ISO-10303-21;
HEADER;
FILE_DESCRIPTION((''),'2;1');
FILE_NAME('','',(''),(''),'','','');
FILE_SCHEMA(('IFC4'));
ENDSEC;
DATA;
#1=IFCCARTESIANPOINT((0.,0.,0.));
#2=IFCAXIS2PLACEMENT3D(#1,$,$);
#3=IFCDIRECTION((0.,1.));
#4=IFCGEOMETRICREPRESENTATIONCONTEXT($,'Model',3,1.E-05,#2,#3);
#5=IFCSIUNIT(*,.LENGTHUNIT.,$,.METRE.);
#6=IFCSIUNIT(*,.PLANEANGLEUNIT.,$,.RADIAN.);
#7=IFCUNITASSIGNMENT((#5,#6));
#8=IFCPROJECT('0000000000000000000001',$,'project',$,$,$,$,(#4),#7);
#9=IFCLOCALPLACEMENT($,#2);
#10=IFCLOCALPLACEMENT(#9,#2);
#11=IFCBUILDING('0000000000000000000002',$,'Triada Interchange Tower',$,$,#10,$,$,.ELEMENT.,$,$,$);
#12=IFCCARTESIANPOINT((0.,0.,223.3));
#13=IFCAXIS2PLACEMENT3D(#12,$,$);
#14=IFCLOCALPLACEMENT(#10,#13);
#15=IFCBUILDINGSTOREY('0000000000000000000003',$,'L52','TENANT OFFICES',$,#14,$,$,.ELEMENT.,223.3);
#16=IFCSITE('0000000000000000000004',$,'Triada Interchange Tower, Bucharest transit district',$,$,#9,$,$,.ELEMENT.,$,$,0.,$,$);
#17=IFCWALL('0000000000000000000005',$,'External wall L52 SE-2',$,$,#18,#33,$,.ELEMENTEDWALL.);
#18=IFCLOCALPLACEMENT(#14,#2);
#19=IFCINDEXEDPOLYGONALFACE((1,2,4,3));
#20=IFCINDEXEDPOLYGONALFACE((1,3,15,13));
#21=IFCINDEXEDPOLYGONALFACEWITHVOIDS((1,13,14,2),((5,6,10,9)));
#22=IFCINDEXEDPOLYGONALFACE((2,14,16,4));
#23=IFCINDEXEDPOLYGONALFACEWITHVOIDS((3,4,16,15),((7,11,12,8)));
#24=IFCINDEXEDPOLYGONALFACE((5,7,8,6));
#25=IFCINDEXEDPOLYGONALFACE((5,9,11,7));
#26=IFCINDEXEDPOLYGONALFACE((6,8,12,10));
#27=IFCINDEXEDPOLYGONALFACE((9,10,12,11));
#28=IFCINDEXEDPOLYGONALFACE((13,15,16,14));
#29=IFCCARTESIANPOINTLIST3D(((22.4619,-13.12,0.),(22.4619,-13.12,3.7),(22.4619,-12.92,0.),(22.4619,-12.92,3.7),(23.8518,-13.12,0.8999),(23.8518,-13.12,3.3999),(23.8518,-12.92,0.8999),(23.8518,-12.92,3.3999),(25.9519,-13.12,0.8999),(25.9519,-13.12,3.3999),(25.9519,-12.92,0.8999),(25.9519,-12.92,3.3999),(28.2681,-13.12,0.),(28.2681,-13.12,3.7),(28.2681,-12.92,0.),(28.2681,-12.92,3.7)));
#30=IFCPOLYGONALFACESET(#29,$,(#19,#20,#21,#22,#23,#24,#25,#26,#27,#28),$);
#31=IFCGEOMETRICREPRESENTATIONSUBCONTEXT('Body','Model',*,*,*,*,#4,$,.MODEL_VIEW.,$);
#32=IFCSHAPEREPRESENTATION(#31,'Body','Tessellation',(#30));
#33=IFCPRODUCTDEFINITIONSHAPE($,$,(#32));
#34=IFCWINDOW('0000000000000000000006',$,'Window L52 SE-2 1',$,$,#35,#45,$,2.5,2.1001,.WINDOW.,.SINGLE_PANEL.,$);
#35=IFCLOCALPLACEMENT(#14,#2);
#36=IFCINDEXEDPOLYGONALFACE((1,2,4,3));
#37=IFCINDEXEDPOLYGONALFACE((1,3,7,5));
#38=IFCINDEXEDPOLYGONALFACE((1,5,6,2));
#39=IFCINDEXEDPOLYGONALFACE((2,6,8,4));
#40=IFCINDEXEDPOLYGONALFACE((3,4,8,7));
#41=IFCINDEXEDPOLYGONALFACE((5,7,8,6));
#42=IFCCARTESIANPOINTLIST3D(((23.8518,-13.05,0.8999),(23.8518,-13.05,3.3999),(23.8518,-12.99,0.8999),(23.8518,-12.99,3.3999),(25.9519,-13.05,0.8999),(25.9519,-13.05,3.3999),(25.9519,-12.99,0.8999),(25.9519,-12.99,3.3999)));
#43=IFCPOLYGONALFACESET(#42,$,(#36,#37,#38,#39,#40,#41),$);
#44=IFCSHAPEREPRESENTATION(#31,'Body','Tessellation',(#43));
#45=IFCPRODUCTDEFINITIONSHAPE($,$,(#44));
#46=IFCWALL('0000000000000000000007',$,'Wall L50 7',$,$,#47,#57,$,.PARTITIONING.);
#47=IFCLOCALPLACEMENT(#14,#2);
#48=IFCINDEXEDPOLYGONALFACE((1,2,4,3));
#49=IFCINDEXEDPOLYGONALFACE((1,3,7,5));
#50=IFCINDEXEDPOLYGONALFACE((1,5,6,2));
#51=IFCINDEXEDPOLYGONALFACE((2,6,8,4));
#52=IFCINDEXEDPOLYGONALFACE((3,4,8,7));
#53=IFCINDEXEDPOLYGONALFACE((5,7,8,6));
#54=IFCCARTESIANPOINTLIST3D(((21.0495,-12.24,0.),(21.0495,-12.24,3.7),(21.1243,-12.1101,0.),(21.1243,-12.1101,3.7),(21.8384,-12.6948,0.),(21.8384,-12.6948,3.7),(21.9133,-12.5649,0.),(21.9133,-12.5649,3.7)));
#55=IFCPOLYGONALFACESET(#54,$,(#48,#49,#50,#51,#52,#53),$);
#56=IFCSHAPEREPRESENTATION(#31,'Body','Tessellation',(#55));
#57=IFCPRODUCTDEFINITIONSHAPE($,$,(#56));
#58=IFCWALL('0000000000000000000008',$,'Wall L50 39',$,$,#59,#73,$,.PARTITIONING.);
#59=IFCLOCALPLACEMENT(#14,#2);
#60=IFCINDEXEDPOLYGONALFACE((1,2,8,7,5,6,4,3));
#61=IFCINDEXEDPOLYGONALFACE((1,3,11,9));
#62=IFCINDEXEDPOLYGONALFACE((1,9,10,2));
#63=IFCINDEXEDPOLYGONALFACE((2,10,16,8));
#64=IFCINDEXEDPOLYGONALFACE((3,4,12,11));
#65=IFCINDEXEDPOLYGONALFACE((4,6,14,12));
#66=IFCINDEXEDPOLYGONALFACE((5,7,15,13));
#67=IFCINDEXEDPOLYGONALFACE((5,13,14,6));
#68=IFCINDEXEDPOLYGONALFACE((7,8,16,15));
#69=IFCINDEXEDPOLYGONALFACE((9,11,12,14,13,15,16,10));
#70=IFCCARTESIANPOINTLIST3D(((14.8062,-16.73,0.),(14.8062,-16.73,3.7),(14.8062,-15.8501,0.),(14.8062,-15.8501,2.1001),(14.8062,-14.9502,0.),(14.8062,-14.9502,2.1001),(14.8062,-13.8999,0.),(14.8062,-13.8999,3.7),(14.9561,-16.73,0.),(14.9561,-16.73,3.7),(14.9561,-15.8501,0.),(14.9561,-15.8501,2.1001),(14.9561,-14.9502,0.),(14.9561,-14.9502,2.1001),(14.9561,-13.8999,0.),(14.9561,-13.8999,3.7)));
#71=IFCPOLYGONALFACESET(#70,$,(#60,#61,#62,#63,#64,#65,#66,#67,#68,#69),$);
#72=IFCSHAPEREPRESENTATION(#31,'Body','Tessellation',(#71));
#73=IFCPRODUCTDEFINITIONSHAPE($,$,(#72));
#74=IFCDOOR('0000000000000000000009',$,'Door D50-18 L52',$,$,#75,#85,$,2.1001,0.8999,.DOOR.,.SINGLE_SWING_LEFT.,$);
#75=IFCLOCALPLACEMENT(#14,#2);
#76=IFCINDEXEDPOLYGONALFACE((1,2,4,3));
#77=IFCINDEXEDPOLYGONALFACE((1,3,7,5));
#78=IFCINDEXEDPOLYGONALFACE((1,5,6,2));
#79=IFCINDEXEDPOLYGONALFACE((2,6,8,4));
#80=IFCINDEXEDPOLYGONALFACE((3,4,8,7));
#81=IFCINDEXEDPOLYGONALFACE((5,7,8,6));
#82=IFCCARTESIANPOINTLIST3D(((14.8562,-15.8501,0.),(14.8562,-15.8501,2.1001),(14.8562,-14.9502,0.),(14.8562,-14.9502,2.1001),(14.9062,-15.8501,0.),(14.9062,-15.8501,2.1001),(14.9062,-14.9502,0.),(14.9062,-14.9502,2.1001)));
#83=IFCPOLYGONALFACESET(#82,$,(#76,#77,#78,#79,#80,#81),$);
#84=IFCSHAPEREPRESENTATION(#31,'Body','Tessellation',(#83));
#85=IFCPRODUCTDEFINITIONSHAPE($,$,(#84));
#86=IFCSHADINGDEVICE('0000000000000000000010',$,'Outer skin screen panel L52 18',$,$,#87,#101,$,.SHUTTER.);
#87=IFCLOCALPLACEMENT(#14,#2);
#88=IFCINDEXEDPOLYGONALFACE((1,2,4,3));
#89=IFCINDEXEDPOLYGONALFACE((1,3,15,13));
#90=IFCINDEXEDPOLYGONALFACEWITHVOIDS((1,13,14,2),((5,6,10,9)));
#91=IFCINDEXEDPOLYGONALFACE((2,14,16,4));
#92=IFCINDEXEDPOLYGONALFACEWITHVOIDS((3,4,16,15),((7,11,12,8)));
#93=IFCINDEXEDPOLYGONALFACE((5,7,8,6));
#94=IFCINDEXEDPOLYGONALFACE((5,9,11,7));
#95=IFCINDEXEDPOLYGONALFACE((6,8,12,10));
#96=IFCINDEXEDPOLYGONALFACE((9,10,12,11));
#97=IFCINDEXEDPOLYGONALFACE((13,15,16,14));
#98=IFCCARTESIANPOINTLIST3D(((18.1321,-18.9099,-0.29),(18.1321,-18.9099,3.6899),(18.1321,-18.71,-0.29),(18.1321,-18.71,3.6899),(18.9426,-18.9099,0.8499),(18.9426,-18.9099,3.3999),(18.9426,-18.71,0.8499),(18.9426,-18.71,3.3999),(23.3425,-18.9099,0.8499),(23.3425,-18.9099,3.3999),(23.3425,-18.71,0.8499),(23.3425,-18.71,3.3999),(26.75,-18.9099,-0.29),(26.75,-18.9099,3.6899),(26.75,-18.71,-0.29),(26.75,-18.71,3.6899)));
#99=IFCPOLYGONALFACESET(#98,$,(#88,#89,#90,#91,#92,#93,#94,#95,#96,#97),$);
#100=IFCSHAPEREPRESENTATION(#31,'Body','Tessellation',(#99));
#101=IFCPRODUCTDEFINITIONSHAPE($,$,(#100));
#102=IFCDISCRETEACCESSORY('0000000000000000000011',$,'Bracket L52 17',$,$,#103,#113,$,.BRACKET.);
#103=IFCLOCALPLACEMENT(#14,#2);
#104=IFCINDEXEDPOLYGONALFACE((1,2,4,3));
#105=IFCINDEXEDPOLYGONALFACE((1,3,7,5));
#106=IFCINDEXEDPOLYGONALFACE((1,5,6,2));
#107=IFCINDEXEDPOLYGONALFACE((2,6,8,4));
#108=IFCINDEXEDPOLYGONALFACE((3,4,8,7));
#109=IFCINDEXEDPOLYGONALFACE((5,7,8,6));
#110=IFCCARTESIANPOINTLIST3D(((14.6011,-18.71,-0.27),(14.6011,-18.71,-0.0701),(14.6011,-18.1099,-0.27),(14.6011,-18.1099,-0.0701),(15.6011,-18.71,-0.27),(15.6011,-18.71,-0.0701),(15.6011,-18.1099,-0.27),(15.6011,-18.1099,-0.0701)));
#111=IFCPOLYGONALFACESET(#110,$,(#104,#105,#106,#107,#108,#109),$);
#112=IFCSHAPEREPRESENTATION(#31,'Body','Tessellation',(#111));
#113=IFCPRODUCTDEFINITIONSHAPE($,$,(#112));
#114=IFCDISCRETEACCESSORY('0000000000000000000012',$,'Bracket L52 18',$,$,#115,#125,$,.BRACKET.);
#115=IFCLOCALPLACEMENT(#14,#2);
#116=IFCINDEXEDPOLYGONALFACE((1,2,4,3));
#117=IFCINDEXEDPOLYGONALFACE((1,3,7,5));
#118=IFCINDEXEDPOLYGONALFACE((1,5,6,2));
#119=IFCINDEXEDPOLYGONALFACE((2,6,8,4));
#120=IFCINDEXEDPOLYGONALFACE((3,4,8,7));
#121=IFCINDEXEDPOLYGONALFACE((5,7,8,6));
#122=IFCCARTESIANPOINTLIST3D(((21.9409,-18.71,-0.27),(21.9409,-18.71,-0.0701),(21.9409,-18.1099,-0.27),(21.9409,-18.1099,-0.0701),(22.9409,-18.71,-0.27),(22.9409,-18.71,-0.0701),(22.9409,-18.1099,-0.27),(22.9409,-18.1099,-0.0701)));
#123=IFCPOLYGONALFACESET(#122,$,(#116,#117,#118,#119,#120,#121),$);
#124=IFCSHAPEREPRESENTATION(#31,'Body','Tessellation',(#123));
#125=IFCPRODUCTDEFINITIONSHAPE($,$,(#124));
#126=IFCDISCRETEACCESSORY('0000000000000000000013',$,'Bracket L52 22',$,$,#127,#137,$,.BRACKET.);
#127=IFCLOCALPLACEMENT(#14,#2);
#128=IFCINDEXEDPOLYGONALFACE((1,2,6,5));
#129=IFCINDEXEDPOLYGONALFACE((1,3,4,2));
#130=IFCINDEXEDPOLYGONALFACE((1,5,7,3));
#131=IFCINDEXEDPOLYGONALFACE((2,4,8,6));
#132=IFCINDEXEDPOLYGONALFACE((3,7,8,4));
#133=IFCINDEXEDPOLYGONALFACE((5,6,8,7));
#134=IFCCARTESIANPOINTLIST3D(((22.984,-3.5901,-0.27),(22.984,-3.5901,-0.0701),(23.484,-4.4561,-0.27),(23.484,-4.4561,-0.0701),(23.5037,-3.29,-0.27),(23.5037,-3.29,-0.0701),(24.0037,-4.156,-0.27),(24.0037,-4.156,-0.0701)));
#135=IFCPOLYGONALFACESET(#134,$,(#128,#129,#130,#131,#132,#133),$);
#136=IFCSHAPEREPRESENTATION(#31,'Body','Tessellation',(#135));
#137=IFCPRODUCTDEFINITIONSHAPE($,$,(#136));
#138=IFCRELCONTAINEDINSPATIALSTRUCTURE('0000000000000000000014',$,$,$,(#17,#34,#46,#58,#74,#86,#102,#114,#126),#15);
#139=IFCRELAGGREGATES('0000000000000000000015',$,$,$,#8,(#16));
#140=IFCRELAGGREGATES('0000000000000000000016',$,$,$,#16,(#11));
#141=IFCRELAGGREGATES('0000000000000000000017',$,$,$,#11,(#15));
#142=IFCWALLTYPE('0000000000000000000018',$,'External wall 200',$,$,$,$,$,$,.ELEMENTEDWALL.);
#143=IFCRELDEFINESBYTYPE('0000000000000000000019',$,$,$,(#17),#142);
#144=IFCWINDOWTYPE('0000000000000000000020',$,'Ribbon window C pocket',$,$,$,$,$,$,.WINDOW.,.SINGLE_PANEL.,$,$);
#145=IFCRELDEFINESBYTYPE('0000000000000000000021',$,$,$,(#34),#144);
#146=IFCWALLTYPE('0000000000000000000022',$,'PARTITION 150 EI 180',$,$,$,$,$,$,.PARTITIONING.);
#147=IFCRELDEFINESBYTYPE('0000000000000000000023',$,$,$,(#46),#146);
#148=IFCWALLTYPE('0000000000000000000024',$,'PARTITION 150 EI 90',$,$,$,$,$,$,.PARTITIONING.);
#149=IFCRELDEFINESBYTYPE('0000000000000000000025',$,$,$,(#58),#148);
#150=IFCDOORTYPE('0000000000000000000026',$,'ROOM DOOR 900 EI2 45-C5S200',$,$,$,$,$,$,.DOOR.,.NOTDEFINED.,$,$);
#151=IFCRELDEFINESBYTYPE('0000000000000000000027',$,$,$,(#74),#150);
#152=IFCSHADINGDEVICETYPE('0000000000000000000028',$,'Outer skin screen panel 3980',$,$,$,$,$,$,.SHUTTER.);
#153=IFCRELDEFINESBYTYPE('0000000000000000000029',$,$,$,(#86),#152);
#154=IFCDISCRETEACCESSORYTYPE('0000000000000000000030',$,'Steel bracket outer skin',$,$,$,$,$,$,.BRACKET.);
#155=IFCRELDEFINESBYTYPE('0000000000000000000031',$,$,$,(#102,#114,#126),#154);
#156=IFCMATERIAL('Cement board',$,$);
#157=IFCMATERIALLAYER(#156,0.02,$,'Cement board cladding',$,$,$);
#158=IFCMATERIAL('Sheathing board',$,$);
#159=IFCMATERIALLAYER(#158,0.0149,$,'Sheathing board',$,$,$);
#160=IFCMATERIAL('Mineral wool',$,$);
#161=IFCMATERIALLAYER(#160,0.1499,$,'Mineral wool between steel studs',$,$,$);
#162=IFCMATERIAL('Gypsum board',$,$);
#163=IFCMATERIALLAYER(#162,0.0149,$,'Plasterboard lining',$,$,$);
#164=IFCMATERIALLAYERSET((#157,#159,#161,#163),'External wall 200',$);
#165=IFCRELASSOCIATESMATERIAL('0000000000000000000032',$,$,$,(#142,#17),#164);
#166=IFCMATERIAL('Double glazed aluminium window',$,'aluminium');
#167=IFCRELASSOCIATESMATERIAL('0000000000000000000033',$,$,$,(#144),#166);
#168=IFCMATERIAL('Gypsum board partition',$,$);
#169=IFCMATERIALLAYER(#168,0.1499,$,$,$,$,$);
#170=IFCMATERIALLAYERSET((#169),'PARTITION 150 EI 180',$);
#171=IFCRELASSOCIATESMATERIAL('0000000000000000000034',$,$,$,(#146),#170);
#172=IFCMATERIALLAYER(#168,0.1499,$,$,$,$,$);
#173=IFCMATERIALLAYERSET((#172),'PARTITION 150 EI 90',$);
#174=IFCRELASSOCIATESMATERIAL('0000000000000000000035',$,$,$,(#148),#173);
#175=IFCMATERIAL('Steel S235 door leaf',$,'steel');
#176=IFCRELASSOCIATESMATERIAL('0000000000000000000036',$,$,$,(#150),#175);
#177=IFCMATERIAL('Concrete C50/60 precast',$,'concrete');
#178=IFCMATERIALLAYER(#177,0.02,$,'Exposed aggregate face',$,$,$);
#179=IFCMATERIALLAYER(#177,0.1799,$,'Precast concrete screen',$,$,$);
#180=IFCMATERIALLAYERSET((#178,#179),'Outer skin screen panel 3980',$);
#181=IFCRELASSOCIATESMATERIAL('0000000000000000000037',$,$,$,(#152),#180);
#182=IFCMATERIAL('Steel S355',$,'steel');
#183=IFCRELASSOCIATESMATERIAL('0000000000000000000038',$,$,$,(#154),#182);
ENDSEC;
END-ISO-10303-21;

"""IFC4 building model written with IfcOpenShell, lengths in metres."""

from ifc_helpers import new_model, si_unit, direction, frame, frame_2d, origin, origin_2d, place, context, subcontext, project, spatial, polyline, rectangle, outline, extrude, material, layer, layer_set, layer_usage, type_object, element, fill, save


model = new_model("IFC4")

# Units and contexts
model_context = context("Model", 3, precision=1e-05, world=origin(), true_north=direction((0.0, 1.0)))
body_context = subcontext(model_context, "Body", "Model", "MODEL_VIEW")
ifc_project = project(units=[si_unit("LENGTHUNIT", "METRE"), si_unit("PLANEANGLEUNIT", "RADIAN")], contexts=[model_context])

# Site, building, storey
site_placement = place(None, origin())
site = spatial("IfcSite", under=ifc_project, at=site_placement, Name="Triada Interchange Tower, Bucharest transit district", CompositionType="ELEMENT", RefElevation=0.0)
building_placement = place(site_placement, origin())
building = spatial("IfcBuilding", under=site, at=building_placement, Name="Triada Interchange Tower", CompositionType="ELEMENT")
storey_placement = place(building_placement, frame((0.0, 0.0, 223.3)))
storey = spatial("IfcBuildingStorey", under=building, at=storey_placement, Name="L52", Description="TENANT OFFICES", CompositionType="ELEMENT", Elevation=223.3)

# Shared definitions
ifc_material_1 = material(Name="Steel S235 door leaf", Category="steel")

# Wall, opening, window
ifc_material_2 = material(Name="Cement board")
ifc_layer_1 = layer(ifc_material_2, 0.02, Name="Cement board cladding")
ifc_material_3 = material(Name="Sheathing board")
ifc_layer_2 = layer(ifc_material_3, 0.0149, Name="Sheathing board")
ifc_material_4 = material(Name="Mineral wool")
ifc_layer_3 = layer(ifc_material_4, 0.1499, Name="Mineral wool between steel studs")
ifc_material_5 = material(Name="Gypsum board")
ifc_layer_4 = layer(ifc_material_5, 0.0149, Name="Plasterboard lining")
ifc_layer_set_1 = layer_set([ifc_layer_1, ifc_layer_2, ifc_layer_3, ifc_layer_4], Name="External wall 200")
ifc_layer_usage = layer_usage(ifc_layer_set_1, "AXIS2", "POSITIVE", -0.1001)
wall_type_1 = type_object("IfcWallType", Name="External wall 200", PredefinedType="ELEMENTEDWALL", material=ifc_layer_set_1)
wall_1_placement = place(storey_placement, frame((22.4619, -13.02, 0.0), z_axis=(0.0, 0.0, 1.0), x_axis=(1.0, 0.0, 0.0)))
wall_1 = element("IfcWall", 1, at=wall_1_placement, inside=storey, type_object=wall_type_1, material=ifc_layer_usage, Name="External wall L52 SE-2", PredefinedType="ELEMENTEDWALL", context=body_context, shape_type="SweptSolid", body=[
    extrude(rectangle(XDim=5.8062, YDim=0.2, at=frame_2d((2.9031, 0.0))), origin(), (0.0, 0.0, 1.0), 3.7),
])
opening_1_placement = place(wall_1_placement, frame((1.3899, 0.0, 0.8999)))
opening_1 = element("IfcOpeningElement", 2, at=opening_1_placement, cuts=wall_1, PredefinedType="OPENING", context=body_context, shape_type="SweptSolid", body=[
    extrude(rectangle(XDim=2.1001, YDim=2.5, at=frame_2d((1.05, 1.25))), frame((0.0, 0.1099, 0.0), z_axis=(0.0, -1.0, 0.0), x_axis=(1.0, 0.0, 0.0)), (0.0, 0.0, 1.0), 0.22),
])
ifc_material_6 = material(Name="Double glazed aluminium window", Category="aluminium")
window_type = type_object("IfcWindowType", Name="Ribbon window C pocket", PartitioningType="SINGLE_PANEL", PredefinedType="WINDOW", material=ifc_material_6)
window_placement = place(opening_1_placement, origin())
window = element("IfcWindow", 3, at=window_placement, inside=storey, type_object=window_type, Name="Window L52 SE-2 1", OverallHeight=2.5, OverallWidth=2.1001, PartitioningType="SINGLE_PANEL", PredefinedType="WINDOW", context=body_context, shape_type="SweptSolid", body=[
    extrude(rectangle(XDim=2.1001, YDim=2.5, at=frame_2d((1.05, 1.25))), frame((0.0, 0.03, 0.0), z_axis=(0.0, -1.0, 0.0), x_axis=(1.0, 0.0, 0.0)), (0.0, 0.0, 1.0), 0.0601),
])
fill(opening_1, window)

# Wall
ifc_material_7 = material(Name="Gypsum board partition")
ifc_layer_5 = layer(ifc_material_7, 0.1499)
ifc_layer_set_2 = layer_set([ifc_layer_5], Name="PARTITION 150 EI 180")
wall_type_2 = type_object("IfcWallType", Name="PARTITION 150 EI 180", PredefinedType="PARTITIONING", material=ifc_layer_set_2)
wall_2_placement = place(storey_placement, frame((21.0869, -12.175, 0.0), z_axis=(0.0, 0.0, 1.0), x_axis=(0.866373, -0.499398, 0.0)))
element("IfcWall", 4, at=wall_2_placement, inside=storey, type_object=wall_type_2, Name="Wall L50 7", PredefinedType="PARTITIONING", context=body_context, shape_type="SweptSolid", body=[
    extrude(rectangle(XDim=0.9106, YDim=0.1499, at=frame_2d((0.4553, 0.0))), origin(), (0.0, 0.0, 1.0), 3.7),
])

# Wall, opening, door
ifc_layer_6 = layer(ifc_material_7, 0.1499)
ifc_layer_set_3 = layer_set([ifc_layer_6], Name="PARTITION 150 EI 90")
wall_type_3 = type_object("IfcWallType", Name="PARTITION 150 EI 90", PredefinedType="PARTITIONING", material=ifc_layer_set_3)
wall_3_placement = place(storey_placement, frame((14.8811, -16.73, 0.0), z_axis=(0.0, 0.0, 1.0), x_axis=(0.0, 1.0, 0.0)))
wall_3 = element("IfcWall", 5, at=wall_3_placement, inside=storey, type_object=wall_type_3, Name="Wall L50 39", PredefinedType="PARTITIONING", context=body_context, shape_type="SweptSolid", body=[
    extrude(rectangle(XDim=2.8301, YDim=0.1499, at=frame_2d((1.415, 0.0))), origin(), (0.0, 0.0, 1.0), 3.7),
])
opening_2_placement = place(wall_3_placement, frame((0.8799, 0.0, 0.0)))
opening_2 = element("IfcOpeningElement", 6, at=opening_2_placement, cuts=wall_3, PredefinedType="OPENING", context=body_context, shape_type="SweptSolid", body=[
    extrude(rectangle(XDim=0.8999, YDim=2.1001, at=frame_2d((0.45, 1.05))), frame((0.0, 0.085, 0.0), z_axis=(0.0, -1.0, 0.0), x_axis=(1.0, 0.0, 0.0)), (0.0, 0.0, 1.0), 0.1699),
])
door_type_1 = type_object("IfcDoorType", Name="ROOM DOOR 900 EI2 45-C5S200", OperationType="NOTDEFINED", PredefinedType="DOOR", material=ifc_material_1)
door_1_placement = place(opening_2_placement, origin())
door_1 = element("IfcDoor", 7, at=door_1_placement, inside=storey, type_object=door_type_1, Name="Door D50-18 L52", OperationType="SINGLE_SWING_LEFT", OverallHeight=2.1001, OverallWidth=0.8999, PredefinedType="DOOR", context=body_context, shape_type="SweptSolid", body=[
    extrude(rectangle(XDim=0.8999, YDim=2.1001, at=frame_2d((0.45, 1.05))), frame((0.0, 0.0249, 0.0), z_axis=(0.0, -1.0, 0.0), x_axis=(1.0, 0.0, 0.0)), (0.0, 0.0, 1.0), 0.05),
])
fill(opening_2, door_1)

# Shading device
ifc_material_8 = material(Name="Concrete C50/60 precast", Category="concrete")
ifc_layer_7 = layer(ifc_material_8, 0.02, Name="Exposed aggregate face")
ifc_layer_8 = layer(ifc_material_8, 0.1799, Name="Precast concrete screen")
ifc_layer_set_4 = layer_set([ifc_layer_7, ifc_layer_8], Name="Outer skin screen panel 3980")
shading_device_type = type_object("IfcShadingDeviceType", Name="Outer skin screen panel 3980", PredefinedType="SHUTTER", material=ifc_layer_set_4)
shading_device_placement = place(storey_placement, frame((18.1321, -18.71, -0.29), z_axis=(0.0, 0.0, 1.0), x_axis=(1.0, 0.0, 0.0)))
element("IfcShadingDevice", 8, at=shading_device_placement, inside=storey, type_object=shading_device_type, Name="Outer skin screen panel L52 18", PredefinedType="SHUTTER", context=body_context, shape_type="SweptSolid", body=[
    extrude(outline(polyline([(0.0, 0.0), (8.6179, 0.0), (8.6179, 3.98), (0.0, 3.98), (0.0, 0.0)]), holes=[polyline([(0.8105, 1.1399), (0.8105, 3.6899), (5.2104, 3.6899), (5.2104, 1.1399), (0.8105, 1.1399)])]), frame((0.0, 0.0, 0.0), z_axis=(0.0, -1.0, 0.0), x_axis=(1.0, 0.0, 0.0)), (0.0, 0.0, 1.0), 0.2),
])

# Discrete accessories
ifc_material_9 = material(Name="Steel S355", Category="steel")
discrete_accessory_type = type_object("IfcDiscreteAccessoryType", Name="Steel bracket outer skin", PredefinedType="BRACKET", material=ifc_material_9)
for number, where, z_axis, x_axis, name in (
    (9, (15.1011, -18.4099, -0.27), (0.0, 0.0, 1.0), (0.0, -1.0, 0.0), "Bracket L52 17"),
    (10, (22.4409, -18.4099, -0.27), (0.0, 0.0, 1.0), (0.0, -1.0, 0.0), "Bracket L52 18"),
    (11, (23.4939, -3.873, -0.27), (0.0, 0.0, 1.0), (0.866025, 0.500001, 0.0), "Bracket L52 22"),
):
    element("IfcDiscreteAccessory", number, at=place(storey_placement, frame(where, z_axis=z_axis, x_axis=x_axis)), inside=storey, type_object=discrete_accessory_type, Name=name, PredefinedType="BRACKET", context=body_context, shape_type="SweptSolid", body=[
        extrude(rectangle(XDim=0.6001, YDim=1.0, at=origin_2d()), origin(), (0.0, 0.0, 1.0), 0.2),
    ])

save(model, "model.ifc")
